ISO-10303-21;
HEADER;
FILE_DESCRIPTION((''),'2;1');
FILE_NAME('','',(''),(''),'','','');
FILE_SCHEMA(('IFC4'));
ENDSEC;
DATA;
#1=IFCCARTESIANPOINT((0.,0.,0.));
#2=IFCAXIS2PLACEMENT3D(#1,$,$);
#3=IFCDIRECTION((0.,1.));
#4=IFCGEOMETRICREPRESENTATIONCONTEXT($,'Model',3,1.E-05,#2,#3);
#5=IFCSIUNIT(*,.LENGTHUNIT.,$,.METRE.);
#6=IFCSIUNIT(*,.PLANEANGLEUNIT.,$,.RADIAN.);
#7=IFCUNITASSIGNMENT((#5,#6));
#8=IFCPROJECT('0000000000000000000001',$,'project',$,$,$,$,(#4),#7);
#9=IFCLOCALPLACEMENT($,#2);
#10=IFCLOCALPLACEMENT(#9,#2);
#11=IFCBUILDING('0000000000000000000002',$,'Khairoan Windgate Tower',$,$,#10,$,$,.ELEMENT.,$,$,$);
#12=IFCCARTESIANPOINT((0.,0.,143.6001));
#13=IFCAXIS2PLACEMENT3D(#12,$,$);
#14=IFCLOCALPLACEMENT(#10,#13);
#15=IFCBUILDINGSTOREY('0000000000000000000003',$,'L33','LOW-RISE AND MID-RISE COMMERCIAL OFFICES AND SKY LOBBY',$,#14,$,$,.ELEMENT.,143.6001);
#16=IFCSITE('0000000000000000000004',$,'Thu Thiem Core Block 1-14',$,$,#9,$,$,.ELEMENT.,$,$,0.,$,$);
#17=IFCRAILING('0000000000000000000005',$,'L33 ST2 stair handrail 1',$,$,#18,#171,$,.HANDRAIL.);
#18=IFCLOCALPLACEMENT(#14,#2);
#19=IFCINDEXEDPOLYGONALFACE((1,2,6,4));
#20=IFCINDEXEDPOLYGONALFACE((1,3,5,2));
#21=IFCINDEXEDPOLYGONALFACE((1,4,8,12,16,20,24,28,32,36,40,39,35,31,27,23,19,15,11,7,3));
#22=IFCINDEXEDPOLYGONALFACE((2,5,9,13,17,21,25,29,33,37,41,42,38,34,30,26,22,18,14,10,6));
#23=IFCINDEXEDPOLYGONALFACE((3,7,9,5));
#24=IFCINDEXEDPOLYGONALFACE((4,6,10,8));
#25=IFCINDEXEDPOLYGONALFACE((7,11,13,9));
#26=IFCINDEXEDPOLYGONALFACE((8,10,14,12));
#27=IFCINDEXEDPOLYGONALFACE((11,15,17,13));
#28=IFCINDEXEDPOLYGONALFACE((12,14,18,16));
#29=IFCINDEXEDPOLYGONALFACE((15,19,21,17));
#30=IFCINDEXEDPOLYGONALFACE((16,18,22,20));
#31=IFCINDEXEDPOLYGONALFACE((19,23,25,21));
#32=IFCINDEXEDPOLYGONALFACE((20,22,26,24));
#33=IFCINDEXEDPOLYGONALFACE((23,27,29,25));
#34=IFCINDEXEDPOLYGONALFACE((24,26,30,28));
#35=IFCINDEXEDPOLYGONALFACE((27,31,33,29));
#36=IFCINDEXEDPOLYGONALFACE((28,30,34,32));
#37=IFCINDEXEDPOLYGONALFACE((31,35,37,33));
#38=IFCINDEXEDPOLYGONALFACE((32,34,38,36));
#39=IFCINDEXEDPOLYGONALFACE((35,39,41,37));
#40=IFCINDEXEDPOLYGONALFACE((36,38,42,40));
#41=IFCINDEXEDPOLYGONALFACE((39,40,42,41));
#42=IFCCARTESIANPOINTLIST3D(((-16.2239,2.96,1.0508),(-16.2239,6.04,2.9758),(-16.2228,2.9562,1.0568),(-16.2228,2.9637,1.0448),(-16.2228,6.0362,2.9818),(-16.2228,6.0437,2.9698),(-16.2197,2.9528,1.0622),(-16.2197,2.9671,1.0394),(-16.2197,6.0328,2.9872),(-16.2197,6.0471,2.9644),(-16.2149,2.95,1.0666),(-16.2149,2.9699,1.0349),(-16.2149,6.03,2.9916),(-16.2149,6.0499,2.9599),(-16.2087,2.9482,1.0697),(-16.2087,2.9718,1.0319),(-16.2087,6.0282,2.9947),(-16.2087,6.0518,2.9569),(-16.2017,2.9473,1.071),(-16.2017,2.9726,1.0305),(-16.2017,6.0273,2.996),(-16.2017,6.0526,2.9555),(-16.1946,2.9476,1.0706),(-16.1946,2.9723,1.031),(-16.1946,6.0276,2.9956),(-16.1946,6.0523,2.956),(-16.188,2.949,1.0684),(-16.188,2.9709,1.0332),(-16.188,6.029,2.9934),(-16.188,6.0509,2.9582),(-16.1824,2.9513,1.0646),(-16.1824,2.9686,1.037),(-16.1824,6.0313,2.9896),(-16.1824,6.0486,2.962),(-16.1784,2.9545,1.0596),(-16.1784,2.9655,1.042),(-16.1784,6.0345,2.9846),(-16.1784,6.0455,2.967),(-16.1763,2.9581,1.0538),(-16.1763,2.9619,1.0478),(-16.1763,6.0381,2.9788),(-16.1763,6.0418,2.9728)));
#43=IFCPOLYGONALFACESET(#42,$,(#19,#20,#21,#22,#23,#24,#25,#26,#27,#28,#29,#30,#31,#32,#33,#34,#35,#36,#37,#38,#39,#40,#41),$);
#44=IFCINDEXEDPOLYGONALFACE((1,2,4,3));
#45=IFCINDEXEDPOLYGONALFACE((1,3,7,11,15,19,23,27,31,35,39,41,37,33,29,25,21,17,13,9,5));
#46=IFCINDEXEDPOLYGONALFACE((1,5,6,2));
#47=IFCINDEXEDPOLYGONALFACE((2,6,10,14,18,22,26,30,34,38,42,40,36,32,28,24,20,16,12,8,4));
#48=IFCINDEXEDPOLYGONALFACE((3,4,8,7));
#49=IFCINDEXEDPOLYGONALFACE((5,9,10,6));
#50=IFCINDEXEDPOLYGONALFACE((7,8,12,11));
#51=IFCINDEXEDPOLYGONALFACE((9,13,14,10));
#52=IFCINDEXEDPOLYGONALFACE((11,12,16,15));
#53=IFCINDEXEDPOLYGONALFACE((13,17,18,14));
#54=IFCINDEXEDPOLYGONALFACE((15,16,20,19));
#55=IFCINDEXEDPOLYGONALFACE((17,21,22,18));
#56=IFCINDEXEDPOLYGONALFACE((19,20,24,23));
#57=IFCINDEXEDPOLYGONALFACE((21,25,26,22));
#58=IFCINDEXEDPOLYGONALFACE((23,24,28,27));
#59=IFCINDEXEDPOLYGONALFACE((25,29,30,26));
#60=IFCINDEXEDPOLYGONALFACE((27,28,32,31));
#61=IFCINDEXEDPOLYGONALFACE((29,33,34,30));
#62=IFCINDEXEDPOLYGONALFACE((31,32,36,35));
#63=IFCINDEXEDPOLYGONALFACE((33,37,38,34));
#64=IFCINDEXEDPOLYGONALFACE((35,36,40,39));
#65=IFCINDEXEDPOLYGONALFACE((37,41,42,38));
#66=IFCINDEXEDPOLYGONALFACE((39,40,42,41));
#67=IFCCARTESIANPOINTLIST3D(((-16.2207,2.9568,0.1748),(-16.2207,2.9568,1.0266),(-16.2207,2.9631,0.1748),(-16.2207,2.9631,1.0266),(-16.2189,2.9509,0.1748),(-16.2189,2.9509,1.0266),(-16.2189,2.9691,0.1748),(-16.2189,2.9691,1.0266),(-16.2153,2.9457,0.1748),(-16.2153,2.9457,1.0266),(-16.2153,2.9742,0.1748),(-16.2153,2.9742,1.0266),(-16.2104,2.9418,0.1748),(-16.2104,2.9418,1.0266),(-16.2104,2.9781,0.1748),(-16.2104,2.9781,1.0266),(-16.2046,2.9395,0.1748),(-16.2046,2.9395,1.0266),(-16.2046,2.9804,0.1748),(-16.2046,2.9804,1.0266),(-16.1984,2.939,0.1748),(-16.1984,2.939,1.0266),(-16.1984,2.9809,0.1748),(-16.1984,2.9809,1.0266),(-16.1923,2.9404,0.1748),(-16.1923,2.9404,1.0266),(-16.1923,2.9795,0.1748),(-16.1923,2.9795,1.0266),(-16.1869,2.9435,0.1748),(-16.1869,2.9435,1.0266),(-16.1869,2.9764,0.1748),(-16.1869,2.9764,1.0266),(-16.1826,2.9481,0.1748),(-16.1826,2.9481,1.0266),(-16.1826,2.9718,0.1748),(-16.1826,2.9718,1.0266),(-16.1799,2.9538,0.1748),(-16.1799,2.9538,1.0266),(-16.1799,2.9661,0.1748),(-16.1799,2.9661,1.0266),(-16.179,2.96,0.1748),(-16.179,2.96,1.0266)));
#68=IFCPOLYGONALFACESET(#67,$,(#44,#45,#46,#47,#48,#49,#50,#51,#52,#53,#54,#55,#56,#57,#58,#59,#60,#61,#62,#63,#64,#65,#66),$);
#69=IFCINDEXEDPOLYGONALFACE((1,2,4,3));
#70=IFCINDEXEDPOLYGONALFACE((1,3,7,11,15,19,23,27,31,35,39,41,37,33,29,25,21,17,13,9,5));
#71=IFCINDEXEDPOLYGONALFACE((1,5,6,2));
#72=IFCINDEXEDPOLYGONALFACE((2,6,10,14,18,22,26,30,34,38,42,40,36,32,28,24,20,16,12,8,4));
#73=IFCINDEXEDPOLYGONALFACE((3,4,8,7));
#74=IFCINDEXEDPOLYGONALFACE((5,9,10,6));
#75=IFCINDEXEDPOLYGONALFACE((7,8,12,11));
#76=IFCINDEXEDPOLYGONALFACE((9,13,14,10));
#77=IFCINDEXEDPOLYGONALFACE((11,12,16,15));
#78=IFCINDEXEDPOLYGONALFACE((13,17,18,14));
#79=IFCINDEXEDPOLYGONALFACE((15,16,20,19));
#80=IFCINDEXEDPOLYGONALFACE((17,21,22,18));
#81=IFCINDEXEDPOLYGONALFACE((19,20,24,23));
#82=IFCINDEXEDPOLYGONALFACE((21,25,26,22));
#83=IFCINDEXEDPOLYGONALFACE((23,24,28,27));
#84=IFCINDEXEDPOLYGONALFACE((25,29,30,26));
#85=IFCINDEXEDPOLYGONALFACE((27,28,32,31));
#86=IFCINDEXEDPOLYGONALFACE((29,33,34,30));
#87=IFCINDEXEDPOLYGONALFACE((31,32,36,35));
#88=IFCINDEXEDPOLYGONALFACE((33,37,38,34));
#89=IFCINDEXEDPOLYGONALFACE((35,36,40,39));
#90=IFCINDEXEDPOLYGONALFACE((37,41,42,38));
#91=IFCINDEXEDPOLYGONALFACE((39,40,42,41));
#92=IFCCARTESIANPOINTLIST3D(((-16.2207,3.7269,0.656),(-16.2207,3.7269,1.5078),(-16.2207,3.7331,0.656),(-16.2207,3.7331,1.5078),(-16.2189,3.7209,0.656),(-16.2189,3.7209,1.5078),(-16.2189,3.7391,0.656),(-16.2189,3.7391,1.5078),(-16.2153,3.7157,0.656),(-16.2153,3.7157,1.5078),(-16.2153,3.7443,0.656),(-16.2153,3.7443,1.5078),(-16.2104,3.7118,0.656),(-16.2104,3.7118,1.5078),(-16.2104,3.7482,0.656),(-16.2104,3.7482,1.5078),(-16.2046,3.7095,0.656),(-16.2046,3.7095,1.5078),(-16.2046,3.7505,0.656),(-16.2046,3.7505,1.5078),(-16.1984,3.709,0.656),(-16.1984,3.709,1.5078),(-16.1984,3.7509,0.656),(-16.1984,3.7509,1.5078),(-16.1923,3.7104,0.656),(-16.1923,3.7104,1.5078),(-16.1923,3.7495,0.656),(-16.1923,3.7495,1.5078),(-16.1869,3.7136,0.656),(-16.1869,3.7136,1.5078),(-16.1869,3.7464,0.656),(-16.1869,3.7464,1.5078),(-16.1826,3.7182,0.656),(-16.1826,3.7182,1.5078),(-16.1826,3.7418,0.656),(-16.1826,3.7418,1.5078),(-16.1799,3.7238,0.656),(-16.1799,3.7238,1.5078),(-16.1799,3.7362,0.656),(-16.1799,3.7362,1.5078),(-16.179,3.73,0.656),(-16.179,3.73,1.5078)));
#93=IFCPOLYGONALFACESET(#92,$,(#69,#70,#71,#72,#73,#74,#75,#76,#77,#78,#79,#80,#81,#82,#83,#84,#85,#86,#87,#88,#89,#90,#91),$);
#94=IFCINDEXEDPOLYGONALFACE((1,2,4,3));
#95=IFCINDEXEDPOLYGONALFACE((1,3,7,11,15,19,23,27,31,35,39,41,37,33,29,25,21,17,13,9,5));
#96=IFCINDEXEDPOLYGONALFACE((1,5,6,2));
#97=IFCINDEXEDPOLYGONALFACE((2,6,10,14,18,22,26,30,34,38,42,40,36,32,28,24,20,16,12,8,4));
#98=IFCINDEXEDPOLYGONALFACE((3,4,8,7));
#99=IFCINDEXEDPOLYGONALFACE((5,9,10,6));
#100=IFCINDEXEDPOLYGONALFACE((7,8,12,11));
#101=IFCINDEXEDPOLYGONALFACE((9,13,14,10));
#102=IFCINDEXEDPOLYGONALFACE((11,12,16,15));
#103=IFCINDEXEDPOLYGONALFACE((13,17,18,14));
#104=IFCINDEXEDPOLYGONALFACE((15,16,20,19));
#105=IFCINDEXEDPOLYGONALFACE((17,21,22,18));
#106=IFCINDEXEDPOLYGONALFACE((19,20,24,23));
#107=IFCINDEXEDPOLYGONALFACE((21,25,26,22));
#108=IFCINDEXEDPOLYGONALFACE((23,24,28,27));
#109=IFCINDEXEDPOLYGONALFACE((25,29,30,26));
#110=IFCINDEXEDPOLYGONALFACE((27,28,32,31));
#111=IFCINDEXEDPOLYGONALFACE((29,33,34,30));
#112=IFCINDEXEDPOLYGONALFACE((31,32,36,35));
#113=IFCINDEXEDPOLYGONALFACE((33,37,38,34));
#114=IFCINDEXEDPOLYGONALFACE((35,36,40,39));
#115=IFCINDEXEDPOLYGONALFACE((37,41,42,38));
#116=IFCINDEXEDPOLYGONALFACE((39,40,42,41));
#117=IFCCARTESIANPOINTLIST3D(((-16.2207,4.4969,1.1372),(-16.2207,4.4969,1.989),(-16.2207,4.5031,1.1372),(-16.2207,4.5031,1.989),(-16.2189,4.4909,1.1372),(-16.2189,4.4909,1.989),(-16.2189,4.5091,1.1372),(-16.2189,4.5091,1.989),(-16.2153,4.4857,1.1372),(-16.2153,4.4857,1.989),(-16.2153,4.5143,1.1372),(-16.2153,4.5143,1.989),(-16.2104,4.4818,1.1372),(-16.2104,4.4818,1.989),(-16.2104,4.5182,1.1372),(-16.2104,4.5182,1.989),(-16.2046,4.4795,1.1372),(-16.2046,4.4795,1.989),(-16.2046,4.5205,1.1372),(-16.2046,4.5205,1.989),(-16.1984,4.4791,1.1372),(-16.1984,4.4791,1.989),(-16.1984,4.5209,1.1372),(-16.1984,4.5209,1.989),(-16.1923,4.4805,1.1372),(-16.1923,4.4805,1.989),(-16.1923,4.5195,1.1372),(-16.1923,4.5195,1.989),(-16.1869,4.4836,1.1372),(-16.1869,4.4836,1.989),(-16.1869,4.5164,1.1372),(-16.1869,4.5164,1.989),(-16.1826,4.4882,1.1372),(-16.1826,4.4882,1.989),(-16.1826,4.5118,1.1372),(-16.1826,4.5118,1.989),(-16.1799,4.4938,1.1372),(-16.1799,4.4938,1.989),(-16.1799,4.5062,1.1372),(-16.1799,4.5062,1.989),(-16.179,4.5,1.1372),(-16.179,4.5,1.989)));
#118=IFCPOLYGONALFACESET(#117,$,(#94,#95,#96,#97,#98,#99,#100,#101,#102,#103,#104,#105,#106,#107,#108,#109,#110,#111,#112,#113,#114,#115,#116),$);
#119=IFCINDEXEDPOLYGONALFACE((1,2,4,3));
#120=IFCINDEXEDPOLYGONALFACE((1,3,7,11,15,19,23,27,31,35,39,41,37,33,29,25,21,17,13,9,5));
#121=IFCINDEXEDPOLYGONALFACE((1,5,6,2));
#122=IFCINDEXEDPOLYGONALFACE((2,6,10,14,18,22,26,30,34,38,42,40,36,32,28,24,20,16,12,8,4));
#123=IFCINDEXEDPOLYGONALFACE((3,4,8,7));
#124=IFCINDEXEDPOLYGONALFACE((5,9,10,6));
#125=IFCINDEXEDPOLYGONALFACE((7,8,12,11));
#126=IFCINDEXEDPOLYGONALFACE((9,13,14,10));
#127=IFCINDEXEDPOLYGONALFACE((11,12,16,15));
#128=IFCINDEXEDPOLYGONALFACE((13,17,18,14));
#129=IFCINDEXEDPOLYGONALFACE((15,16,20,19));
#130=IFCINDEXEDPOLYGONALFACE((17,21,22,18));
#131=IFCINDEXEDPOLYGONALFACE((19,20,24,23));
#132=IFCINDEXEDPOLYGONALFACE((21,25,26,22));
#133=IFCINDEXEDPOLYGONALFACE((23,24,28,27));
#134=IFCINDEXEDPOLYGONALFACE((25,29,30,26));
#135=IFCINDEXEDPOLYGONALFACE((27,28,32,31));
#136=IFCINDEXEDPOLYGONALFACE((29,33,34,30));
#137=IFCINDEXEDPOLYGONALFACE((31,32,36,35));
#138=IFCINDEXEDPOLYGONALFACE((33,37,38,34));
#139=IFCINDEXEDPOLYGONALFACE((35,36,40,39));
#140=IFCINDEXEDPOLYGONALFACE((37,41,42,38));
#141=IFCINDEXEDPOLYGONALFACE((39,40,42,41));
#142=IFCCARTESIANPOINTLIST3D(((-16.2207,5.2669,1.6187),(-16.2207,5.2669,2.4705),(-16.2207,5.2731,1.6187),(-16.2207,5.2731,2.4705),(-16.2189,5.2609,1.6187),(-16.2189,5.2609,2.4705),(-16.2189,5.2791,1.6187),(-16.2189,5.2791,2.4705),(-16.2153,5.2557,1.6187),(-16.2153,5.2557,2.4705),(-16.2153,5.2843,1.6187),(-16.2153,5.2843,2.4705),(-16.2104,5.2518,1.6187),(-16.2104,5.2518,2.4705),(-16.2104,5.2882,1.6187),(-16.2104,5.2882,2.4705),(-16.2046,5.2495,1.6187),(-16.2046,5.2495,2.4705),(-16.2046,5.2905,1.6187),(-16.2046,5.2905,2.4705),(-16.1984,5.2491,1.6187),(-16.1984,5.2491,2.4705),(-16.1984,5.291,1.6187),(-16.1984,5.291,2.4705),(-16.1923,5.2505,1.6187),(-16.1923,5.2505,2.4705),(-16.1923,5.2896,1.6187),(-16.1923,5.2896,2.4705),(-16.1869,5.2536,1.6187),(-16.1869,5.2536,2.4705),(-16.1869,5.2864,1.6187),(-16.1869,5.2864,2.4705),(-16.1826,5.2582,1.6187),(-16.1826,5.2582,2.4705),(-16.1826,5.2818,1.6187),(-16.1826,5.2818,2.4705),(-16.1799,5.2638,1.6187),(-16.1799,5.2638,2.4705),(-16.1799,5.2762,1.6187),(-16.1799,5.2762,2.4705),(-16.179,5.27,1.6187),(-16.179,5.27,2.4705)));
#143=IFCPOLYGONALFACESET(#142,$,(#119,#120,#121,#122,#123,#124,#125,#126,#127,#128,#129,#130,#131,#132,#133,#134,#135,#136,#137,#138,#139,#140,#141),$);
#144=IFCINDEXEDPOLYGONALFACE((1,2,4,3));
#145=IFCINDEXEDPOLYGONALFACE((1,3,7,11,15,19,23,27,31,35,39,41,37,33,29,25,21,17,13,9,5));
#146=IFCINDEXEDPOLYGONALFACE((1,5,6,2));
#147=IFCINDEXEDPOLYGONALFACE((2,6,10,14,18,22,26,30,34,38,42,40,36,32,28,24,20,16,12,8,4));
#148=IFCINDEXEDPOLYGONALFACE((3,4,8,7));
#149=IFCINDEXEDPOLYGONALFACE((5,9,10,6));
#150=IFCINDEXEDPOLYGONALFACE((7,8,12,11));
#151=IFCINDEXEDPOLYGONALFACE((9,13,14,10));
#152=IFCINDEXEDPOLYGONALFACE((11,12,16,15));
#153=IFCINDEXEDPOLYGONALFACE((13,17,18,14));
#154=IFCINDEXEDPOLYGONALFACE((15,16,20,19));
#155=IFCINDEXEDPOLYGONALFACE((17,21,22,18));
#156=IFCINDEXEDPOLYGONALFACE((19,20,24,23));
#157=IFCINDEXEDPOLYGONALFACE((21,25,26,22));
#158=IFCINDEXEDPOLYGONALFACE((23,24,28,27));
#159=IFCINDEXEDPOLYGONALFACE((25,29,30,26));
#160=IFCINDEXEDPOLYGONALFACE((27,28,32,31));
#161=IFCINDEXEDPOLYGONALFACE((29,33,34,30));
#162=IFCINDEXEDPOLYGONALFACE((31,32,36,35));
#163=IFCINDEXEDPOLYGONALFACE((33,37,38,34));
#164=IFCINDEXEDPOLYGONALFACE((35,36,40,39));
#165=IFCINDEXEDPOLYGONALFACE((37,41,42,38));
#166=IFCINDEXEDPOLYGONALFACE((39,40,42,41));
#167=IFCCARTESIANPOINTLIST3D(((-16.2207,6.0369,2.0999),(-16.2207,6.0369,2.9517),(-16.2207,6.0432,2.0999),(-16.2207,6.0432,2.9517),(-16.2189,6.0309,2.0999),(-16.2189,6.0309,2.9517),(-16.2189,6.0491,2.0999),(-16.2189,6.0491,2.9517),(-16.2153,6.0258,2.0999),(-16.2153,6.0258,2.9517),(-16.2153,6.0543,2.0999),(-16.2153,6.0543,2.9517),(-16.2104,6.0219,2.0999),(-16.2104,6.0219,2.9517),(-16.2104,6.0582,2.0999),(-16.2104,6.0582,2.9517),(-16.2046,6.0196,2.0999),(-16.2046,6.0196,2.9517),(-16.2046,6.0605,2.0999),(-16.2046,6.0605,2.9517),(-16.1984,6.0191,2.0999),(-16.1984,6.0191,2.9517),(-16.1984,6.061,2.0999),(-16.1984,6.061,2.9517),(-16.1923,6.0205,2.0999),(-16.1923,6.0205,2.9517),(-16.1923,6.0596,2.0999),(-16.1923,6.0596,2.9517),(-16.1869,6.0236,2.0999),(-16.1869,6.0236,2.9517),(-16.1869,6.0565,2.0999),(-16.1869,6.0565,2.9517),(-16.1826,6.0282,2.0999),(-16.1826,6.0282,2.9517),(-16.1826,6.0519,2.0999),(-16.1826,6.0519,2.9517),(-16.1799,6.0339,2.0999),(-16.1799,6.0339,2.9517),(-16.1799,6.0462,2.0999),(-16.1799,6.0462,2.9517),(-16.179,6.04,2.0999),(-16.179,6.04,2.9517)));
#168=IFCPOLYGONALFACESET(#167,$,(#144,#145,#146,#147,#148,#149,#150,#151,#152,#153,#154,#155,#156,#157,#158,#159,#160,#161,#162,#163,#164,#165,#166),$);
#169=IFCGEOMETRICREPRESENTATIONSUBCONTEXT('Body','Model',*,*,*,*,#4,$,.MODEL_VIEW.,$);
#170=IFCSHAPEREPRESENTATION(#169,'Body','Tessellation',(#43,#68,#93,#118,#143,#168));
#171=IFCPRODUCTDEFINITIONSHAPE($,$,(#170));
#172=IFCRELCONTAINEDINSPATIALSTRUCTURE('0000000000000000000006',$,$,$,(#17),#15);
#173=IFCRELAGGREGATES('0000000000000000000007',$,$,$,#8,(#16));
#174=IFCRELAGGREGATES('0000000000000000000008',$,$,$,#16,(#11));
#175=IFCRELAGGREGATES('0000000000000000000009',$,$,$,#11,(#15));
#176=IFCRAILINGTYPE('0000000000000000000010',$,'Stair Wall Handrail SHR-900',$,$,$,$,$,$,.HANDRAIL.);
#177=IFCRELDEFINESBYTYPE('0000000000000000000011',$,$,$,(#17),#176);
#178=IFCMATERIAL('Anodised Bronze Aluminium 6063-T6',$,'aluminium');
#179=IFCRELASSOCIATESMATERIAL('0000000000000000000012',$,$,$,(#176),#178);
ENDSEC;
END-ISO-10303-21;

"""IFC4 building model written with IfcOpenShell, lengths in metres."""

from ifc_helpers import new_model, si_unit, direction, frame, origin, origin_2d, place, context, subcontext, project, spatial, circle, extrude, material, type_object, element, save


model = new_model("IFC4")

# Units and contexts
model_context = context("Model", 3, precision=1e-05, world=origin(), true_north=direction((0.0, 1.0)))
body_context = subcontext(model_context, "Body", "Model", "MODEL_VIEW")
ifc_project = project(units=[si_unit("LENGTHUNIT", "METRE"), si_unit("PLANEANGLEUNIT", "RADIAN")], contexts=[model_context])

# Site, building, storey
site_placement = place(None, origin())
site = spatial("IfcSite", under=ifc_project, at=site_placement, Name="Thu Thiem Core Block 1-14", CompositionType="ELEMENT", RefElevation=0.0)
building_placement = place(site_placement, origin())
building = spatial("IfcBuilding", under=site, at=building_placement, Name="Khairoan Windgate Tower", CompositionType="ELEMENT")
storey_placement = place(building_placement, frame((0.0, 0.0, 143.6001)))
storey = spatial("IfcBuildingStorey", under=building, at=storey_placement, Name="L33", Description="LOW-RISE AND MID-RISE COMMERCIAL OFFICES AND SKY LOBBY", CompositionType="ELEMENT", Elevation=143.6001)

# Railing
ifc_material_1 = material(Name="Anodised Bronze Aluminium 6063-T6", Category="aluminium")
railing_type_1 = type_object("IfcRailingType", Name="Stair Wall Handrail SHR-900", PredefinedType="HANDRAIL", material=ifc_material_1)
railing_1_placement = place(storey_placement, frame((-16.2, 2.96, 0.1748)))
element("IfcRailing", 1, at=railing_1_placement, inside=storey, type_object=railing_type_1, Name="L33 ST2 stair handrail 1", PredefinedType="HANDRAIL", context=body_context, shape_type="SweptSolid", body=[
    extrude(circle(Radius=0.0239, at=origin_2d()), frame((0.0, 0.0, 0.876), z_axis=(0.0, 0.847998, 0.529999), x_axis=(-1.0, 0.0, 0.0)), (0.0, 0.0, 1.0), 3.6321),
    extrude(circle(Radius=0.021, at=origin_2d()), origin(), (0.0, 0.0, 1.0), 0.8518),
    extrude(circle(Radius=0.021, at=origin_2d()), frame((0.0, 0.77, 0.4812)), (0.0, 0.0, 1.0), 0.8518),
    extrude(circle(Radius=0.021, at=origin_2d()), frame((0.0, 1.54, 0.9624)), (0.0, 0.0, 1.0), 0.8518),
    extrude(circle(Radius=0.021, at=origin_2d()), frame((0.0, 2.3101, 1.4438)), (0.0, 0.0, 1.0), 0.8518),
    extrude(circle(Radius=0.021, at=origin_2d()), frame((0.0, 3.0801, 1.925)), (0.0, 0.0, 1.0), 0.8518),
])

save(model, "model.ifc")
